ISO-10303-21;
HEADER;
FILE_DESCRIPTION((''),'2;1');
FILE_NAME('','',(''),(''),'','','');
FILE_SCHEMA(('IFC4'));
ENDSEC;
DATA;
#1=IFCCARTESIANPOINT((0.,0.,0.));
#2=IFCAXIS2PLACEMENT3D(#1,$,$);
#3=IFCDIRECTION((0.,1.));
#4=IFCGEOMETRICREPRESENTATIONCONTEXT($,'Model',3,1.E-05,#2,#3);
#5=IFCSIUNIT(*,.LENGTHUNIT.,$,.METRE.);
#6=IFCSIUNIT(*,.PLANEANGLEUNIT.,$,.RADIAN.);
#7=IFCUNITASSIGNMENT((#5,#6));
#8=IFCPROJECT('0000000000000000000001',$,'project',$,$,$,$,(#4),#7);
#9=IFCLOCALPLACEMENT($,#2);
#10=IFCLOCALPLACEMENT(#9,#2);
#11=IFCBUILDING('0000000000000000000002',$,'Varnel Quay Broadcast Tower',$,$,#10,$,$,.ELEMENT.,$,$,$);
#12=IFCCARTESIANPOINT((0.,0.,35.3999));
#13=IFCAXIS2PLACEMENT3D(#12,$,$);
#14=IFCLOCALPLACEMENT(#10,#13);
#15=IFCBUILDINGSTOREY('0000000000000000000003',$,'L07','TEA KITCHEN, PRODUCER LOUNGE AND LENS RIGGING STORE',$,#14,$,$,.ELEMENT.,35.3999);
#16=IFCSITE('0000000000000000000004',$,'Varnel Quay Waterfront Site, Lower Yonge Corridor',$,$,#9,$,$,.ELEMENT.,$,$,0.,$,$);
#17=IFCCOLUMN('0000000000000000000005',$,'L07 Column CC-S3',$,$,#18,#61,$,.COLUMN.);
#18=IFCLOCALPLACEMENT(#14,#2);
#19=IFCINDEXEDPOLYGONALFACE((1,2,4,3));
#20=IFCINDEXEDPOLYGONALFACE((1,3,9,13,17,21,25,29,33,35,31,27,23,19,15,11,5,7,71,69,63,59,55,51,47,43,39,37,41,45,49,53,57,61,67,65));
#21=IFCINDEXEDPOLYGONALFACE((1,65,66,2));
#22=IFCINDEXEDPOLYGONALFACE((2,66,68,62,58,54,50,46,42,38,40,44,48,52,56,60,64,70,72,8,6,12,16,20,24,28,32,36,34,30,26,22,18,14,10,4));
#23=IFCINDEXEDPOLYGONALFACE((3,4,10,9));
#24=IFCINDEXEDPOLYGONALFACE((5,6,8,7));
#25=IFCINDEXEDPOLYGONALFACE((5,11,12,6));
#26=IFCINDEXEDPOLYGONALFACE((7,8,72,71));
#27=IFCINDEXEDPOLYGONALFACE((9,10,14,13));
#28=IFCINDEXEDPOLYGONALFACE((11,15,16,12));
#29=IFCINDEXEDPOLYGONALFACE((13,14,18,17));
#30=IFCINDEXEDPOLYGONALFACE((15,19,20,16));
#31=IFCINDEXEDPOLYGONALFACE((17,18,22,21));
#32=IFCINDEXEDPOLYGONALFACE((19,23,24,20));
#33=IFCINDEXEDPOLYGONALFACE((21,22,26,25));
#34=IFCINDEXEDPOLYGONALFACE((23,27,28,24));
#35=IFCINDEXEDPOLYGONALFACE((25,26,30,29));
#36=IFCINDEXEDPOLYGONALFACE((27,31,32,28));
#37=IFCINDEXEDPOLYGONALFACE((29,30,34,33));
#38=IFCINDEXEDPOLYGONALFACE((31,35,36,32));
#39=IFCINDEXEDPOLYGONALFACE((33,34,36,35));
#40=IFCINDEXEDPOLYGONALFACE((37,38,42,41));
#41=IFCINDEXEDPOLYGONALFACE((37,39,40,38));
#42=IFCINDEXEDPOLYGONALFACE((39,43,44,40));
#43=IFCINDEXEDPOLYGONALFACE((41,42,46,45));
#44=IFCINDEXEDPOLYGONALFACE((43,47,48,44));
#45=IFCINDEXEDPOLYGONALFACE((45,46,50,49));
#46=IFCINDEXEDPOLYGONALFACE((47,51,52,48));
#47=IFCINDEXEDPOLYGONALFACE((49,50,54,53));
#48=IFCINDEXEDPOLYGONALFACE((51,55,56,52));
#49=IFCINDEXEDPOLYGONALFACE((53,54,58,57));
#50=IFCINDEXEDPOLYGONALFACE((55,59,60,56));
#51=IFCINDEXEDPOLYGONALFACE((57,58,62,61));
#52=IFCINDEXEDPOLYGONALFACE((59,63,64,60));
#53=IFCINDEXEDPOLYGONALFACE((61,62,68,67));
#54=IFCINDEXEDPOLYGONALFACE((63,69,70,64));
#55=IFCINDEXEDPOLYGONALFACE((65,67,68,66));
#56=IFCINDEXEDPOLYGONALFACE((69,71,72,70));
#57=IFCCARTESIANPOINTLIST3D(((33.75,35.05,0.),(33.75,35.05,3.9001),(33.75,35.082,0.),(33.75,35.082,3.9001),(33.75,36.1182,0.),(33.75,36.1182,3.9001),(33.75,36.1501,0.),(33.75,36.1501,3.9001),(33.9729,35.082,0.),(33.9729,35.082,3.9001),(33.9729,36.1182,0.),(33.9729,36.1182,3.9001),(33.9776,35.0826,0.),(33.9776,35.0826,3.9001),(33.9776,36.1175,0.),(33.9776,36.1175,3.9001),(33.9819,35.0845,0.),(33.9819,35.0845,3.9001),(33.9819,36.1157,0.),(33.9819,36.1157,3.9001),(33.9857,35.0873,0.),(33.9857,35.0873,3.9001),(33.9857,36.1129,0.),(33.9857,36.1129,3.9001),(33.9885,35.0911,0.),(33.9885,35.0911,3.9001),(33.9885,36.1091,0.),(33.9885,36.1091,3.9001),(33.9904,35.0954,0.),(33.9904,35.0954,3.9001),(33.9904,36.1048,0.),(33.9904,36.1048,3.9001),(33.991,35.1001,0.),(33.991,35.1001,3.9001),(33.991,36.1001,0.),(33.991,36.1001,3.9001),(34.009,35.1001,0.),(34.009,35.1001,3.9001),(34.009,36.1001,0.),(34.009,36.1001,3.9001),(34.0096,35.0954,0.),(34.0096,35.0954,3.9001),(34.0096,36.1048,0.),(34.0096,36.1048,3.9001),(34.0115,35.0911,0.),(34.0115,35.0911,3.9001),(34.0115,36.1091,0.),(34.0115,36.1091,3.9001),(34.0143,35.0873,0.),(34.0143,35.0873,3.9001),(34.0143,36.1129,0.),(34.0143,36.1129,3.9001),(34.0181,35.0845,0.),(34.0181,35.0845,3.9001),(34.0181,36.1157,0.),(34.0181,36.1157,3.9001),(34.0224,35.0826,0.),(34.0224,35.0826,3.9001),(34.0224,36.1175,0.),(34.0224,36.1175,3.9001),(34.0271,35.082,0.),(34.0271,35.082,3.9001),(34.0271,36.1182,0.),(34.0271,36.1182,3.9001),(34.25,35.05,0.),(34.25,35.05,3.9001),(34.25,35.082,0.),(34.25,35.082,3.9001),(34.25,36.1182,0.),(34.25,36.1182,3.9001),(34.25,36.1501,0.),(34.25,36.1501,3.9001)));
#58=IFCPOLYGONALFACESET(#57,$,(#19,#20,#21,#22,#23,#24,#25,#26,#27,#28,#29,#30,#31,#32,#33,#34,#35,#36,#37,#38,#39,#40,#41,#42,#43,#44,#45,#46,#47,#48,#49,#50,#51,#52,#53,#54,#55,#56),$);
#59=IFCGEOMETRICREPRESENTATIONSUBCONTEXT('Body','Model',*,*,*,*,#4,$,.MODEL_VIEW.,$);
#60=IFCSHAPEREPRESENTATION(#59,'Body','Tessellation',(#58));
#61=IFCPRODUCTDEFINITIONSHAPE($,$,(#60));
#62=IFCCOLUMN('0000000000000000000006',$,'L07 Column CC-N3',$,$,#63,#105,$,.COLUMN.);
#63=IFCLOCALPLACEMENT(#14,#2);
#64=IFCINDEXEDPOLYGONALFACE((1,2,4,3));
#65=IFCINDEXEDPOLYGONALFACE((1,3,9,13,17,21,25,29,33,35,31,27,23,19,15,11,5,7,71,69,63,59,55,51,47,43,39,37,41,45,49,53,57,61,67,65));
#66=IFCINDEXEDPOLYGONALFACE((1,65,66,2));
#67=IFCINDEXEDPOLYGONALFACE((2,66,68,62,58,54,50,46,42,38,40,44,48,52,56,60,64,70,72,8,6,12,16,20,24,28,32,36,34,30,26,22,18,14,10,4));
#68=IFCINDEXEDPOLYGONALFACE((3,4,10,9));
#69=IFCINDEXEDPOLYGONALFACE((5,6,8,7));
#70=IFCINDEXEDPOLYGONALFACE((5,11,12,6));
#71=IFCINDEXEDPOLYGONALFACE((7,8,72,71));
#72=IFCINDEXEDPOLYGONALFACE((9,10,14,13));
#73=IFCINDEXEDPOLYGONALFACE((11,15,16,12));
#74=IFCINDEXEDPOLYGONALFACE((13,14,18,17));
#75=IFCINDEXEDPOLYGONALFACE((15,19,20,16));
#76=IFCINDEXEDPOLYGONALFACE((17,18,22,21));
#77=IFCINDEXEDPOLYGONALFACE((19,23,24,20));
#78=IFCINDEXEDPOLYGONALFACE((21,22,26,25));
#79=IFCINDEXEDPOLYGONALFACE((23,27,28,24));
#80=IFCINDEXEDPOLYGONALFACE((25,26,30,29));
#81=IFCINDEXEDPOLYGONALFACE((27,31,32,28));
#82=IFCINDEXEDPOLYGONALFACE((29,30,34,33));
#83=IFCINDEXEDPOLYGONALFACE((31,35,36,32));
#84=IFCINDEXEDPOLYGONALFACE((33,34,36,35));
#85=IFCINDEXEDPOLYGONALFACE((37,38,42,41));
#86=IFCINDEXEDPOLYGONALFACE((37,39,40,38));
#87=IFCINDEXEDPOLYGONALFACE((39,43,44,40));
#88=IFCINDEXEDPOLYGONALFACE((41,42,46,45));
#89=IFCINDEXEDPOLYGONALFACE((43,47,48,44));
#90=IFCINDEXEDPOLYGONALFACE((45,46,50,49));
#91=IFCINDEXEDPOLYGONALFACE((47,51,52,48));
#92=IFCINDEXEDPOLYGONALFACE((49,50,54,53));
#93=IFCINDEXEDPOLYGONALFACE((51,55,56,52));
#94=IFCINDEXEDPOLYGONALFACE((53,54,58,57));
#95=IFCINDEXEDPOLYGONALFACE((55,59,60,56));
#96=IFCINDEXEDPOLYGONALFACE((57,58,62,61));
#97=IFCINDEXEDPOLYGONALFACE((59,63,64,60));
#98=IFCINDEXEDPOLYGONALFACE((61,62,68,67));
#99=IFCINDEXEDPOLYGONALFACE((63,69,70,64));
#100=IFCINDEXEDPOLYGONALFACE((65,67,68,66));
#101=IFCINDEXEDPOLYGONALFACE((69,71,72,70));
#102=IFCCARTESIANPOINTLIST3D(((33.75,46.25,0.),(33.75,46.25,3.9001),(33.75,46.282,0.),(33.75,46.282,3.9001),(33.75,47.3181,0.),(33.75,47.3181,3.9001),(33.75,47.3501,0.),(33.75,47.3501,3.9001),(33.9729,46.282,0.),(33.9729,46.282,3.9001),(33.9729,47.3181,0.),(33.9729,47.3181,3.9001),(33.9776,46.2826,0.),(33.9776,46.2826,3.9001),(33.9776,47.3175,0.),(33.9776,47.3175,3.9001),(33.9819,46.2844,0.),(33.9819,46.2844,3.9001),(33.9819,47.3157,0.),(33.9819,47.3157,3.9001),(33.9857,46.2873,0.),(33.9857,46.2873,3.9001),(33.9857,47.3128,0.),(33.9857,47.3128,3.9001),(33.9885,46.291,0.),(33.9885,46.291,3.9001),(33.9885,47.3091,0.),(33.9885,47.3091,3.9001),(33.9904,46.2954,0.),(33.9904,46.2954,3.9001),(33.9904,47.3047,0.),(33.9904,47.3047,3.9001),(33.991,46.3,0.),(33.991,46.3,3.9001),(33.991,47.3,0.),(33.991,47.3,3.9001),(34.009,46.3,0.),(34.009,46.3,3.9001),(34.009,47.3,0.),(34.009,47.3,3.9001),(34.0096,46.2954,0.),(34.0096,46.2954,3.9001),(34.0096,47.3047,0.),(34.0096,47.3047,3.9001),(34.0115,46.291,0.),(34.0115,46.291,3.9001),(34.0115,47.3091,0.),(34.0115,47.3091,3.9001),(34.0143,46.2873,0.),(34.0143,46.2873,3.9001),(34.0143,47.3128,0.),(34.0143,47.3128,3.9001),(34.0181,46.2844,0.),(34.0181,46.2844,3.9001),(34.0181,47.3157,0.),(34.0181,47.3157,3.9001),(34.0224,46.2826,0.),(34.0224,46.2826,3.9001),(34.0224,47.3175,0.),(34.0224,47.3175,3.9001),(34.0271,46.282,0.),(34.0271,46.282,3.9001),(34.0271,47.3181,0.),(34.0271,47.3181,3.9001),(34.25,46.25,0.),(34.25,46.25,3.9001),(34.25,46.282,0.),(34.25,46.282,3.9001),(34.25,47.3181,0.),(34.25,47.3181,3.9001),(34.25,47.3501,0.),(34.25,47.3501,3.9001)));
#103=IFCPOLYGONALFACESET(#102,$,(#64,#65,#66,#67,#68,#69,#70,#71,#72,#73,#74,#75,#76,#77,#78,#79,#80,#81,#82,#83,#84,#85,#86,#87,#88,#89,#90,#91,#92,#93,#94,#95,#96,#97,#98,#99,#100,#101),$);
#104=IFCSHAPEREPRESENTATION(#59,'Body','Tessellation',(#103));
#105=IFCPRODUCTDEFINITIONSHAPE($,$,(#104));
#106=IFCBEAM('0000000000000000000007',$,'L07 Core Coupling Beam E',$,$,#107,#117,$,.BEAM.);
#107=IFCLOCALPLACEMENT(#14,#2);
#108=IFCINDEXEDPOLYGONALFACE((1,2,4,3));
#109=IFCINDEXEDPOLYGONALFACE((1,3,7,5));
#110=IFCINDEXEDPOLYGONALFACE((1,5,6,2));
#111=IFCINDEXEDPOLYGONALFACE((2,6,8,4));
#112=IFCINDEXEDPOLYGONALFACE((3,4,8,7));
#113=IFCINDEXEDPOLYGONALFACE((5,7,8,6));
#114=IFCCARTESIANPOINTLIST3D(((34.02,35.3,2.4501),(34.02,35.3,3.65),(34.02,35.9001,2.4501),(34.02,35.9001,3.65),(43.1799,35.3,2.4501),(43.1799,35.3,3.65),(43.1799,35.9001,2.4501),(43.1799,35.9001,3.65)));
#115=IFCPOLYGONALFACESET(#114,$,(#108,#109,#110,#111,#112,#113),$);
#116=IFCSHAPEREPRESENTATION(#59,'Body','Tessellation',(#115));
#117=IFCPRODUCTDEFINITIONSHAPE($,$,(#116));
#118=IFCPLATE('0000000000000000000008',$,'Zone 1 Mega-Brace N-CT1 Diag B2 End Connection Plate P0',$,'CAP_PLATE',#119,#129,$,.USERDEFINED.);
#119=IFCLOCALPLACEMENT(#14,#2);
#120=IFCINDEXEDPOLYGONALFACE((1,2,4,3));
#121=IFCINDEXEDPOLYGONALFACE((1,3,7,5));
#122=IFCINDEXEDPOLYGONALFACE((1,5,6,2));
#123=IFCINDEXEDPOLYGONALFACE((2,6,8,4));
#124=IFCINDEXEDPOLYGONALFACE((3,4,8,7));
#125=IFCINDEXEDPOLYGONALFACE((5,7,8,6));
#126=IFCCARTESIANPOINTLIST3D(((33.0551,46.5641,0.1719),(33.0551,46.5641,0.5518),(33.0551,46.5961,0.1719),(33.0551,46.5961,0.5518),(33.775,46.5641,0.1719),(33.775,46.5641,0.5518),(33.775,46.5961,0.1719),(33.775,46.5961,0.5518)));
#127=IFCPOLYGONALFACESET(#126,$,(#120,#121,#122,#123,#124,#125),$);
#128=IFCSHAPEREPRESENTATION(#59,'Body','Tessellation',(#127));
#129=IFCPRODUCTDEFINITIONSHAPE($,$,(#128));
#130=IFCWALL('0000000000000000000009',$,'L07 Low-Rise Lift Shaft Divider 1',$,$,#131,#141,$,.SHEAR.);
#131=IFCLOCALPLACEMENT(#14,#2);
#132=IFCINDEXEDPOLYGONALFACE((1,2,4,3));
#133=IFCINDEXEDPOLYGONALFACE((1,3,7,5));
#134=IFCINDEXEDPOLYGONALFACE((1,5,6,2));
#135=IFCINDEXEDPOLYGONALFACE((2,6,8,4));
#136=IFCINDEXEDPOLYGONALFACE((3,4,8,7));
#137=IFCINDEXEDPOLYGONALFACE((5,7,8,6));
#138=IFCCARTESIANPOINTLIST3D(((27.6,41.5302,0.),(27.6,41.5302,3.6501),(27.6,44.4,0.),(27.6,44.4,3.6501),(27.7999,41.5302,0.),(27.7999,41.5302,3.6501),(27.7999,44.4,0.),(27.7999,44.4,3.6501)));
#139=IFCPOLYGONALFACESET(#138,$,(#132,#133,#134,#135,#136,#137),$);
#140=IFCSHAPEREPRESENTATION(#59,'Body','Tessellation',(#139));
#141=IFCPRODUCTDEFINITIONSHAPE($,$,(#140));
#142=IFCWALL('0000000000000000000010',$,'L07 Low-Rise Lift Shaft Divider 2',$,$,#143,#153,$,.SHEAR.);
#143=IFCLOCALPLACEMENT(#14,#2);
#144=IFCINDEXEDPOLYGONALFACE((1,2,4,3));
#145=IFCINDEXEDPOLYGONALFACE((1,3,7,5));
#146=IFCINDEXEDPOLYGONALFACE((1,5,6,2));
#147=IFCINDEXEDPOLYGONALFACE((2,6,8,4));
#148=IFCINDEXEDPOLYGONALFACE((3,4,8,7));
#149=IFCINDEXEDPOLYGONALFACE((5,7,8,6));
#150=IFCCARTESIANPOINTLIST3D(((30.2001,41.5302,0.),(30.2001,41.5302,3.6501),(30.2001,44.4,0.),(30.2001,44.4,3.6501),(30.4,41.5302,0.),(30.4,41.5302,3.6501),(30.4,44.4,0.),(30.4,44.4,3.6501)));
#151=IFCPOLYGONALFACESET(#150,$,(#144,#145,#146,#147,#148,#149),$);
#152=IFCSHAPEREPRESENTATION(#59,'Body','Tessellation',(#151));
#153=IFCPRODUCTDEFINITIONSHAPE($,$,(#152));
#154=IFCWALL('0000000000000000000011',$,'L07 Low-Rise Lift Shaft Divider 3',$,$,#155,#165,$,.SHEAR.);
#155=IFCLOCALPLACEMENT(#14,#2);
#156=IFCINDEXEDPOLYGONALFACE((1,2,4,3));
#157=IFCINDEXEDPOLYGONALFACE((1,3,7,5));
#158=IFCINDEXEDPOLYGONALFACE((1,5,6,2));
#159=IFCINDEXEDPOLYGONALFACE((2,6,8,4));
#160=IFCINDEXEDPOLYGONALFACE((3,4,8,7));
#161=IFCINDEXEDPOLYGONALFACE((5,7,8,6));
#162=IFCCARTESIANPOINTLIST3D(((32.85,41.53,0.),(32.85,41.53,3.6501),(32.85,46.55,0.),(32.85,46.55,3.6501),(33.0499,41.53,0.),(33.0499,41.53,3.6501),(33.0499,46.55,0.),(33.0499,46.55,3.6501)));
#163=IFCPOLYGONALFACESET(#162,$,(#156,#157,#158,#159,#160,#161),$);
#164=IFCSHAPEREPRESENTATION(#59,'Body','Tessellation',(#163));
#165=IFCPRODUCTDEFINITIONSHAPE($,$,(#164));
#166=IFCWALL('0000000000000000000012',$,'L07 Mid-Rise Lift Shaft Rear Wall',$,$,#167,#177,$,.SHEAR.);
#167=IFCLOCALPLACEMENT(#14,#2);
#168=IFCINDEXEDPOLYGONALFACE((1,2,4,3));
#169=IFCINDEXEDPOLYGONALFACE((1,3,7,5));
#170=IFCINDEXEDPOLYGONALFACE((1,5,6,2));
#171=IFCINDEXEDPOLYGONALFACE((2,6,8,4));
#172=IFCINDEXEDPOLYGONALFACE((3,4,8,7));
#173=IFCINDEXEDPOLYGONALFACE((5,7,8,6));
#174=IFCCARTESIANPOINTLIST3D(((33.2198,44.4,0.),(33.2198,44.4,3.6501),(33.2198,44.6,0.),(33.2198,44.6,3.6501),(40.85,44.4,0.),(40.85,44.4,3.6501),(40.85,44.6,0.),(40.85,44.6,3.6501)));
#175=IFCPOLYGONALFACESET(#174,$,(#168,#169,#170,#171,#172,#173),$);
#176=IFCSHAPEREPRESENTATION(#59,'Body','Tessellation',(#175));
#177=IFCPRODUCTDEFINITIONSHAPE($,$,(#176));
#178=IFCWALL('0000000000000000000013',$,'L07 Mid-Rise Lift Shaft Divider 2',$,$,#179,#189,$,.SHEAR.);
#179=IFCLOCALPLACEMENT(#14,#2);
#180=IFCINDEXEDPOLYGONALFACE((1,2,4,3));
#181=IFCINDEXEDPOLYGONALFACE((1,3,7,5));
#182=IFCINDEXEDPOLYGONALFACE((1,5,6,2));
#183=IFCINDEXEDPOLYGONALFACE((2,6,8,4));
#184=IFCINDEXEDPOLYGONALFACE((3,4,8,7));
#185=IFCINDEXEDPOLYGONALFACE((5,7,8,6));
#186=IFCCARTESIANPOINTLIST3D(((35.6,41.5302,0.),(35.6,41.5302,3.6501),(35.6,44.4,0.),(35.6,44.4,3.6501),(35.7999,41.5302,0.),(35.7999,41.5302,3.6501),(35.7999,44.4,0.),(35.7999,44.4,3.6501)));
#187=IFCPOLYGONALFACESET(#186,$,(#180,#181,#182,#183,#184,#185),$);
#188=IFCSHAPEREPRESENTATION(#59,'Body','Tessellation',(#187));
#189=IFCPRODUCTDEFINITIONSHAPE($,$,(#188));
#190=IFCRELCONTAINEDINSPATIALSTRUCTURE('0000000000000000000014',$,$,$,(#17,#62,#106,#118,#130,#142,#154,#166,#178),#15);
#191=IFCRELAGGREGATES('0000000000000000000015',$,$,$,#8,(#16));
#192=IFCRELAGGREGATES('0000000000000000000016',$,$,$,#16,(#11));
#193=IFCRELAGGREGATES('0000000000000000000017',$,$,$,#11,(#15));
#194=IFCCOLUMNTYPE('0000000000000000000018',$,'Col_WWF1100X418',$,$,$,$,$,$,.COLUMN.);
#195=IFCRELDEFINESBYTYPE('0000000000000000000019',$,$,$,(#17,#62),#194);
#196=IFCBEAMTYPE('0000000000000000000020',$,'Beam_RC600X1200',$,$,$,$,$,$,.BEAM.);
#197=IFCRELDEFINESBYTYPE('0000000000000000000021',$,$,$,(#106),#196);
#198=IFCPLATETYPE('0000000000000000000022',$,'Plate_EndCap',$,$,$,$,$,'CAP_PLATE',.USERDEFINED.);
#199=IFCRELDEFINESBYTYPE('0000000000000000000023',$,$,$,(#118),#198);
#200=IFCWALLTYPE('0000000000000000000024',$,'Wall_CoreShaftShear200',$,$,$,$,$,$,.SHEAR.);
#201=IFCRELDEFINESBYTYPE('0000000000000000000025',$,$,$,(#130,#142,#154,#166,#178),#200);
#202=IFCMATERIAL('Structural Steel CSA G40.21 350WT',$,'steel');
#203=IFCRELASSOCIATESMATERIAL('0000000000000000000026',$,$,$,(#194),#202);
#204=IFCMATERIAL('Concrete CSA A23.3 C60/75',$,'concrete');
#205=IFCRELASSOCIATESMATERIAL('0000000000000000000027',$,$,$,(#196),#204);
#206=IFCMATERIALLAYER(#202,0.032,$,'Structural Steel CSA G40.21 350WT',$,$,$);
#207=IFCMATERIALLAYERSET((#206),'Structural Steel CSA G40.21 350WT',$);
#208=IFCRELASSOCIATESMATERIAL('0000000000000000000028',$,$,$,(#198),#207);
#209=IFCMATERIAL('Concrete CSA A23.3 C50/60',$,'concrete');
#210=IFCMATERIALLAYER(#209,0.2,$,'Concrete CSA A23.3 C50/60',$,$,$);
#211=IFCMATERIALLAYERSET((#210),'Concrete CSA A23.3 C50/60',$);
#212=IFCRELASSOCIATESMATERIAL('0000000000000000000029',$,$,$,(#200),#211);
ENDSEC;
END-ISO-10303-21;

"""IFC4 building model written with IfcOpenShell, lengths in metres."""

from ifc_helpers import new_model, si_unit, direction, frame, frame_2d, origin, origin_2d, place, context, subcontext, project, spatial, rectangle, i_section, extrude, source, transform, mapped, material, layer, layer_set, material_profile, profile_set, type_object, type_shapes, element, save


model = new_model("IFC4")

# Units and contexts
model_context = context("Model", 3, precision=1e-05, world=origin(), true_north=direction((0.0, 1.0)))
body_context = subcontext(model_context, "Body", "Model", "MODEL_VIEW")
ifc_project = project(units=[si_unit("LENGTHUNIT", "METRE"), si_unit("PLANEANGLEUNIT", "RADIAN")], contexts=[model_context])

# Site, building, storey
site_placement = place(None, origin())
site = spatial("IfcSite", under=ifc_project, at=site_placement, Name="Varnel Quay Waterfront Site, Lower Yonge Corridor", CompositionType="ELEMENT", RefElevation=0.0)
building_placement = place(site_placement, origin())
building = spatial("IfcBuilding", under=site, at=building_placement, Name="Varnel Quay Broadcast Tower", CompositionType="ELEMENT")
storey_placement = place(building_placement, frame((0.0, 0.0, 35.3999)))
storey = spatial("IfcBuildingStorey", under=building, at=storey_placement, Name="L07", Description="TEA KITCHEN, PRODUCER LOUNGE AND LENS RIGGING STORE", CompositionType="ELEMENT", Elevation=35.3999)

# Columns
ifc_material_1 = material(Name="Structural Steel CSA G40.21 350WT", Category="steel")
ifc_material_profile_1 = material_profile(ifc_material_1, i_section(OverallWidth=0.5, OverallDepth=1.1001, WebThickness=0.0181, FlangeThickness=0.032, FilletRadius=0.0181, at=origin_2d()), Name="WWF1100X418")
ifc_profile_set_1 = profile_set([ifc_material_profile_1], Name="Structural Steel CSA G40.21 350WT")
column_type = type_object("IfcColumnType", Name="Col_WWF1100X418", PredefinedType="COLUMN", material=ifc_profile_set_1)
shared_shape_1 = source(origin(), body_context, "Body", "SweptSolid", [
    extrude(i_section(OverallWidth=0.5, OverallDepth=1.1001, WebThickness=0.0181, FlangeThickness=0.032, FilletRadius=0.0181, at=origin_2d()), origin(), (0.0, 0.0, 1.0), 3.9001),
])
type_shapes(column_type, [shared_shape_1])
for number, where, z_axis, x_axis, name in (
    (1, (34.0, 35.6001, 0.0), (0.0, 0.0, 1.0), (1.0, 0.0, 0.0), "L07 Column CC-S3"),
    (2, (34.0, 46.8, 0.0), (0.0, 0.0, 1.0), (1.0, 0.0, 0.0), "L07 Column CC-N3"),
):
    element("IfcColumn", number, at=place(storey_placement, frame(where, z_axis=z_axis, x_axis=x_axis)), inside=storey, type_object=column_type, Name=name, PredefinedType="COLUMN", context=body_context, shape_type="MappedRepresentation", body=[
        mapped(shared_shape_1, transform((0.0, 0.0, 0.0), x_axis=(1.0, 0.0, 0.0), y_axis=(0.0, 1.0, 0.0), z_axis=(0.0, 0.0, 1.0), scale=1.0)),
    ])

# Beam
ifc_material_2 = material(Name="Concrete CSA A23.3 C60/75", Category="concrete")
ifc_material_profile_2 = material_profile(ifc_material_2, rectangle(XDim=0.6001, YDim=1.2, at=origin_2d()), Name="RC600X1200")
ifc_profile_set_2 = profile_set([ifc_material_profile_2], Name="Concrete CSA A23.3 C60/75")
beam_type = type_object("IfcBeamType", Name="Beam_RC600X1200", PredefinedType="BEAM", material=ifc_profile_set_2)
shared_shape_2 = source(origin(), body_context, "Body", "SweptSolid", [
    extrude(rectangle(XDim=0.6001, YDim=1.2, at=origin_2d()), origin(), (0.0, 0.0, 1.0), 9.1599),
])
type_shapes(beam_type, [shared_shape_2])
beam_placement = place(storey_placement, frame((34.02, 35.6001, 3.05), z_axis=(1.0, 0.0, 0.0), x_axis=(0.0, 1.0, 0.0)))
element("IfcBeam", 3, at=beam_placement, inside=storey, type_object=beam_type, Name="L07 Core Coupling Beam E", PredefinedType="BEAM", context=body_context, shape_type="MappedRepresentation", body=[
    mapped(shared_shape_2, transform((0.0, 0.0, 0.0), x_axis=(1.0, 0.0, 0.0), y_axis=(0.0, 1.0, 0.0), z_axis=(0.0, 0.0, 1.0), scale=1.0)),
])

# Plate
ifc_layer_1 = layer(ifc_material_1, 0.032, Name="Structural Steel CSA G40.21 350WT")
ifc_layer_set_1 = layer_set([ifc_layer_1], Name="Structural Steel CSA G40.21 350WT")
plate_type = type_object("IfcPlateType", Name="Plate_EndCap", ElementType="CAP_PLATE", PredefinedType="USERDEFINED", material=ifc_layer_set_1)
shared_shape_3 = source(origin(), body_context, "Body", "SweptSolid", [
    extrude(rectangle(XDim=0.72, YDim=0.032, at=origin_2d()), origin(), (0.0, 0.0, 1.0), 0.3799),
])
type_shapes(plate_type, [shared_shape_3])
plate_placement = place(storey_placement, frame((33.415, 46.5801, 0.1719), z_axis=(0.0, 0.0, 1.0), x_axis=(1.0, 0.0, 0.0)))
element("IfcPlate", 4, at=plate_placement, inside=storey, type_object=plate_type, Name="Zone 1 Mega-Brace N-CT1 Diag B2 End Connection Plate P0", ObjectType="CAP_PLATE", PredefinedType="USERDEFINED", context=body_context, shape_type="MappedRepresentation", body=[
    mapped(shared_shape_3, transform((0.0, 0.0, 0.0), x_axis=(1.0, 0.0, 0.0), y_axis=(0.0, 1.0, 0.0), z_axis=(0.0, 0.0, 1.0), scale=1.0)),
])

# Walls
ifc_material_3 = material(Name="Concrete CSA A23.3 C50/60", Category="concrete")
ifc_layer_2 = layer(ifc_material_3, 0.2, Name="Concrete CSA A23.3 C50/60")
ifc_layer_set_2 = layer_set([ifc_layer_2], Name="Concrete CSA A23.3 C50/60")
wall_type_1 = type_object("IfcWallType", Name="Wall_CoreShaftShear200", PredefinedType="SHEAR", material=ifc_layer_set_2)
for number, where, z_axis, x_axis, name in (
    (5, (27.7, 41.53, 0.0), (0.0, 0.0, 1.0), (0.0, 1.0, 0.0), "L07 Low-Rise Lift Shaft Divider 1"),
    (6, (30.3, 41.53, 0.0), (0.0, 0.0, 1.0), (0.0, 1.0, 0.0), "L07 Low-Rise Lift Shaft Divider 2"),
):
    element("IfcWall", number, at=place(storey_placement, frame(where, z_axis=z_axis, x_axis=x_axis)), inside=storey, type_object=wall_type_1, Name=name, PredefinedType="SHEAR", context=body_context, shape_type="SweptSolid", body=[
        extrude(rectangle(XDim=2.8699, YDim=0.2, at=frame_2d((1.4351, 0.0))), origin(), (0.0, 0.0, 1.0), 3.6501),
    ])
wall_1_placement = place(storey_placement, frame((32.95, 41.53, 0.0), z_axis=(0.0, 0.0, 1.0), x_axis=(0.0, 1.0, 0.0)))
element("IfcWall", 7, at=wall_1_placement, inside=storey, type_object=wall_type_1, Name="L07 Low-Rise Lift Shaft Divider 3", PredefinedType="SHEAR", context=body_context, shape_type="SweptSolid", body=[
    extrude(rectangle(XDim=5.02, YDim=0.2, at=frame_2d((2.51, 0.0))), origin(), (0.0, 0.0, 1.0), 3.6501),
])
wall_2_placement = place(storey_placement, frame((33.22, 44.5, 0.0), z_axis=(0.0, 0.0, 1.0), x_axis=(1.0, 0.0, 0.0)))
element("IfcWall", 8, at=wall_2_placement, inside=storey, type_object=wall_type_1, Name="L07 Mid-Rise Lift Shaft Rear Wall", PredefinedType="SHEAR", context=body_context, shape_type="SweptSolid", body=[
    extrude(rectangle(XDim=7.6301, YDim=0.2, at=frame_2d((3.8149, 0.0))), origin(), (0.0, 0.0, 1.0), 3.6501),
])
for number, where, z_axis, x_axis, name in (
    (9, (35.7, 41.53, 0.0), (0.0, 0.0, 1.0), (0.0, 1.0, 0.0), "L07 Mid-Rise Lift Shaft Divider 2"),
):
    element("IfcWall", number, at=place(storey_placement, frame(where, z_axis=z_axis, x_axis=x_axis)), inside=storey, type_object=wall_type_1, Name=name, PredefinedType="SHEAR", context=body_context, shape_type="SweptSolid", body=[
        extrude(rectangle(XDim=2.8699, YDim=0.2, at=frame_2d((1.4351, 0.0))), origin(), (0.0, 0.0, 1.0), 3.6501),
    ])

save(model, "model.ifc")
